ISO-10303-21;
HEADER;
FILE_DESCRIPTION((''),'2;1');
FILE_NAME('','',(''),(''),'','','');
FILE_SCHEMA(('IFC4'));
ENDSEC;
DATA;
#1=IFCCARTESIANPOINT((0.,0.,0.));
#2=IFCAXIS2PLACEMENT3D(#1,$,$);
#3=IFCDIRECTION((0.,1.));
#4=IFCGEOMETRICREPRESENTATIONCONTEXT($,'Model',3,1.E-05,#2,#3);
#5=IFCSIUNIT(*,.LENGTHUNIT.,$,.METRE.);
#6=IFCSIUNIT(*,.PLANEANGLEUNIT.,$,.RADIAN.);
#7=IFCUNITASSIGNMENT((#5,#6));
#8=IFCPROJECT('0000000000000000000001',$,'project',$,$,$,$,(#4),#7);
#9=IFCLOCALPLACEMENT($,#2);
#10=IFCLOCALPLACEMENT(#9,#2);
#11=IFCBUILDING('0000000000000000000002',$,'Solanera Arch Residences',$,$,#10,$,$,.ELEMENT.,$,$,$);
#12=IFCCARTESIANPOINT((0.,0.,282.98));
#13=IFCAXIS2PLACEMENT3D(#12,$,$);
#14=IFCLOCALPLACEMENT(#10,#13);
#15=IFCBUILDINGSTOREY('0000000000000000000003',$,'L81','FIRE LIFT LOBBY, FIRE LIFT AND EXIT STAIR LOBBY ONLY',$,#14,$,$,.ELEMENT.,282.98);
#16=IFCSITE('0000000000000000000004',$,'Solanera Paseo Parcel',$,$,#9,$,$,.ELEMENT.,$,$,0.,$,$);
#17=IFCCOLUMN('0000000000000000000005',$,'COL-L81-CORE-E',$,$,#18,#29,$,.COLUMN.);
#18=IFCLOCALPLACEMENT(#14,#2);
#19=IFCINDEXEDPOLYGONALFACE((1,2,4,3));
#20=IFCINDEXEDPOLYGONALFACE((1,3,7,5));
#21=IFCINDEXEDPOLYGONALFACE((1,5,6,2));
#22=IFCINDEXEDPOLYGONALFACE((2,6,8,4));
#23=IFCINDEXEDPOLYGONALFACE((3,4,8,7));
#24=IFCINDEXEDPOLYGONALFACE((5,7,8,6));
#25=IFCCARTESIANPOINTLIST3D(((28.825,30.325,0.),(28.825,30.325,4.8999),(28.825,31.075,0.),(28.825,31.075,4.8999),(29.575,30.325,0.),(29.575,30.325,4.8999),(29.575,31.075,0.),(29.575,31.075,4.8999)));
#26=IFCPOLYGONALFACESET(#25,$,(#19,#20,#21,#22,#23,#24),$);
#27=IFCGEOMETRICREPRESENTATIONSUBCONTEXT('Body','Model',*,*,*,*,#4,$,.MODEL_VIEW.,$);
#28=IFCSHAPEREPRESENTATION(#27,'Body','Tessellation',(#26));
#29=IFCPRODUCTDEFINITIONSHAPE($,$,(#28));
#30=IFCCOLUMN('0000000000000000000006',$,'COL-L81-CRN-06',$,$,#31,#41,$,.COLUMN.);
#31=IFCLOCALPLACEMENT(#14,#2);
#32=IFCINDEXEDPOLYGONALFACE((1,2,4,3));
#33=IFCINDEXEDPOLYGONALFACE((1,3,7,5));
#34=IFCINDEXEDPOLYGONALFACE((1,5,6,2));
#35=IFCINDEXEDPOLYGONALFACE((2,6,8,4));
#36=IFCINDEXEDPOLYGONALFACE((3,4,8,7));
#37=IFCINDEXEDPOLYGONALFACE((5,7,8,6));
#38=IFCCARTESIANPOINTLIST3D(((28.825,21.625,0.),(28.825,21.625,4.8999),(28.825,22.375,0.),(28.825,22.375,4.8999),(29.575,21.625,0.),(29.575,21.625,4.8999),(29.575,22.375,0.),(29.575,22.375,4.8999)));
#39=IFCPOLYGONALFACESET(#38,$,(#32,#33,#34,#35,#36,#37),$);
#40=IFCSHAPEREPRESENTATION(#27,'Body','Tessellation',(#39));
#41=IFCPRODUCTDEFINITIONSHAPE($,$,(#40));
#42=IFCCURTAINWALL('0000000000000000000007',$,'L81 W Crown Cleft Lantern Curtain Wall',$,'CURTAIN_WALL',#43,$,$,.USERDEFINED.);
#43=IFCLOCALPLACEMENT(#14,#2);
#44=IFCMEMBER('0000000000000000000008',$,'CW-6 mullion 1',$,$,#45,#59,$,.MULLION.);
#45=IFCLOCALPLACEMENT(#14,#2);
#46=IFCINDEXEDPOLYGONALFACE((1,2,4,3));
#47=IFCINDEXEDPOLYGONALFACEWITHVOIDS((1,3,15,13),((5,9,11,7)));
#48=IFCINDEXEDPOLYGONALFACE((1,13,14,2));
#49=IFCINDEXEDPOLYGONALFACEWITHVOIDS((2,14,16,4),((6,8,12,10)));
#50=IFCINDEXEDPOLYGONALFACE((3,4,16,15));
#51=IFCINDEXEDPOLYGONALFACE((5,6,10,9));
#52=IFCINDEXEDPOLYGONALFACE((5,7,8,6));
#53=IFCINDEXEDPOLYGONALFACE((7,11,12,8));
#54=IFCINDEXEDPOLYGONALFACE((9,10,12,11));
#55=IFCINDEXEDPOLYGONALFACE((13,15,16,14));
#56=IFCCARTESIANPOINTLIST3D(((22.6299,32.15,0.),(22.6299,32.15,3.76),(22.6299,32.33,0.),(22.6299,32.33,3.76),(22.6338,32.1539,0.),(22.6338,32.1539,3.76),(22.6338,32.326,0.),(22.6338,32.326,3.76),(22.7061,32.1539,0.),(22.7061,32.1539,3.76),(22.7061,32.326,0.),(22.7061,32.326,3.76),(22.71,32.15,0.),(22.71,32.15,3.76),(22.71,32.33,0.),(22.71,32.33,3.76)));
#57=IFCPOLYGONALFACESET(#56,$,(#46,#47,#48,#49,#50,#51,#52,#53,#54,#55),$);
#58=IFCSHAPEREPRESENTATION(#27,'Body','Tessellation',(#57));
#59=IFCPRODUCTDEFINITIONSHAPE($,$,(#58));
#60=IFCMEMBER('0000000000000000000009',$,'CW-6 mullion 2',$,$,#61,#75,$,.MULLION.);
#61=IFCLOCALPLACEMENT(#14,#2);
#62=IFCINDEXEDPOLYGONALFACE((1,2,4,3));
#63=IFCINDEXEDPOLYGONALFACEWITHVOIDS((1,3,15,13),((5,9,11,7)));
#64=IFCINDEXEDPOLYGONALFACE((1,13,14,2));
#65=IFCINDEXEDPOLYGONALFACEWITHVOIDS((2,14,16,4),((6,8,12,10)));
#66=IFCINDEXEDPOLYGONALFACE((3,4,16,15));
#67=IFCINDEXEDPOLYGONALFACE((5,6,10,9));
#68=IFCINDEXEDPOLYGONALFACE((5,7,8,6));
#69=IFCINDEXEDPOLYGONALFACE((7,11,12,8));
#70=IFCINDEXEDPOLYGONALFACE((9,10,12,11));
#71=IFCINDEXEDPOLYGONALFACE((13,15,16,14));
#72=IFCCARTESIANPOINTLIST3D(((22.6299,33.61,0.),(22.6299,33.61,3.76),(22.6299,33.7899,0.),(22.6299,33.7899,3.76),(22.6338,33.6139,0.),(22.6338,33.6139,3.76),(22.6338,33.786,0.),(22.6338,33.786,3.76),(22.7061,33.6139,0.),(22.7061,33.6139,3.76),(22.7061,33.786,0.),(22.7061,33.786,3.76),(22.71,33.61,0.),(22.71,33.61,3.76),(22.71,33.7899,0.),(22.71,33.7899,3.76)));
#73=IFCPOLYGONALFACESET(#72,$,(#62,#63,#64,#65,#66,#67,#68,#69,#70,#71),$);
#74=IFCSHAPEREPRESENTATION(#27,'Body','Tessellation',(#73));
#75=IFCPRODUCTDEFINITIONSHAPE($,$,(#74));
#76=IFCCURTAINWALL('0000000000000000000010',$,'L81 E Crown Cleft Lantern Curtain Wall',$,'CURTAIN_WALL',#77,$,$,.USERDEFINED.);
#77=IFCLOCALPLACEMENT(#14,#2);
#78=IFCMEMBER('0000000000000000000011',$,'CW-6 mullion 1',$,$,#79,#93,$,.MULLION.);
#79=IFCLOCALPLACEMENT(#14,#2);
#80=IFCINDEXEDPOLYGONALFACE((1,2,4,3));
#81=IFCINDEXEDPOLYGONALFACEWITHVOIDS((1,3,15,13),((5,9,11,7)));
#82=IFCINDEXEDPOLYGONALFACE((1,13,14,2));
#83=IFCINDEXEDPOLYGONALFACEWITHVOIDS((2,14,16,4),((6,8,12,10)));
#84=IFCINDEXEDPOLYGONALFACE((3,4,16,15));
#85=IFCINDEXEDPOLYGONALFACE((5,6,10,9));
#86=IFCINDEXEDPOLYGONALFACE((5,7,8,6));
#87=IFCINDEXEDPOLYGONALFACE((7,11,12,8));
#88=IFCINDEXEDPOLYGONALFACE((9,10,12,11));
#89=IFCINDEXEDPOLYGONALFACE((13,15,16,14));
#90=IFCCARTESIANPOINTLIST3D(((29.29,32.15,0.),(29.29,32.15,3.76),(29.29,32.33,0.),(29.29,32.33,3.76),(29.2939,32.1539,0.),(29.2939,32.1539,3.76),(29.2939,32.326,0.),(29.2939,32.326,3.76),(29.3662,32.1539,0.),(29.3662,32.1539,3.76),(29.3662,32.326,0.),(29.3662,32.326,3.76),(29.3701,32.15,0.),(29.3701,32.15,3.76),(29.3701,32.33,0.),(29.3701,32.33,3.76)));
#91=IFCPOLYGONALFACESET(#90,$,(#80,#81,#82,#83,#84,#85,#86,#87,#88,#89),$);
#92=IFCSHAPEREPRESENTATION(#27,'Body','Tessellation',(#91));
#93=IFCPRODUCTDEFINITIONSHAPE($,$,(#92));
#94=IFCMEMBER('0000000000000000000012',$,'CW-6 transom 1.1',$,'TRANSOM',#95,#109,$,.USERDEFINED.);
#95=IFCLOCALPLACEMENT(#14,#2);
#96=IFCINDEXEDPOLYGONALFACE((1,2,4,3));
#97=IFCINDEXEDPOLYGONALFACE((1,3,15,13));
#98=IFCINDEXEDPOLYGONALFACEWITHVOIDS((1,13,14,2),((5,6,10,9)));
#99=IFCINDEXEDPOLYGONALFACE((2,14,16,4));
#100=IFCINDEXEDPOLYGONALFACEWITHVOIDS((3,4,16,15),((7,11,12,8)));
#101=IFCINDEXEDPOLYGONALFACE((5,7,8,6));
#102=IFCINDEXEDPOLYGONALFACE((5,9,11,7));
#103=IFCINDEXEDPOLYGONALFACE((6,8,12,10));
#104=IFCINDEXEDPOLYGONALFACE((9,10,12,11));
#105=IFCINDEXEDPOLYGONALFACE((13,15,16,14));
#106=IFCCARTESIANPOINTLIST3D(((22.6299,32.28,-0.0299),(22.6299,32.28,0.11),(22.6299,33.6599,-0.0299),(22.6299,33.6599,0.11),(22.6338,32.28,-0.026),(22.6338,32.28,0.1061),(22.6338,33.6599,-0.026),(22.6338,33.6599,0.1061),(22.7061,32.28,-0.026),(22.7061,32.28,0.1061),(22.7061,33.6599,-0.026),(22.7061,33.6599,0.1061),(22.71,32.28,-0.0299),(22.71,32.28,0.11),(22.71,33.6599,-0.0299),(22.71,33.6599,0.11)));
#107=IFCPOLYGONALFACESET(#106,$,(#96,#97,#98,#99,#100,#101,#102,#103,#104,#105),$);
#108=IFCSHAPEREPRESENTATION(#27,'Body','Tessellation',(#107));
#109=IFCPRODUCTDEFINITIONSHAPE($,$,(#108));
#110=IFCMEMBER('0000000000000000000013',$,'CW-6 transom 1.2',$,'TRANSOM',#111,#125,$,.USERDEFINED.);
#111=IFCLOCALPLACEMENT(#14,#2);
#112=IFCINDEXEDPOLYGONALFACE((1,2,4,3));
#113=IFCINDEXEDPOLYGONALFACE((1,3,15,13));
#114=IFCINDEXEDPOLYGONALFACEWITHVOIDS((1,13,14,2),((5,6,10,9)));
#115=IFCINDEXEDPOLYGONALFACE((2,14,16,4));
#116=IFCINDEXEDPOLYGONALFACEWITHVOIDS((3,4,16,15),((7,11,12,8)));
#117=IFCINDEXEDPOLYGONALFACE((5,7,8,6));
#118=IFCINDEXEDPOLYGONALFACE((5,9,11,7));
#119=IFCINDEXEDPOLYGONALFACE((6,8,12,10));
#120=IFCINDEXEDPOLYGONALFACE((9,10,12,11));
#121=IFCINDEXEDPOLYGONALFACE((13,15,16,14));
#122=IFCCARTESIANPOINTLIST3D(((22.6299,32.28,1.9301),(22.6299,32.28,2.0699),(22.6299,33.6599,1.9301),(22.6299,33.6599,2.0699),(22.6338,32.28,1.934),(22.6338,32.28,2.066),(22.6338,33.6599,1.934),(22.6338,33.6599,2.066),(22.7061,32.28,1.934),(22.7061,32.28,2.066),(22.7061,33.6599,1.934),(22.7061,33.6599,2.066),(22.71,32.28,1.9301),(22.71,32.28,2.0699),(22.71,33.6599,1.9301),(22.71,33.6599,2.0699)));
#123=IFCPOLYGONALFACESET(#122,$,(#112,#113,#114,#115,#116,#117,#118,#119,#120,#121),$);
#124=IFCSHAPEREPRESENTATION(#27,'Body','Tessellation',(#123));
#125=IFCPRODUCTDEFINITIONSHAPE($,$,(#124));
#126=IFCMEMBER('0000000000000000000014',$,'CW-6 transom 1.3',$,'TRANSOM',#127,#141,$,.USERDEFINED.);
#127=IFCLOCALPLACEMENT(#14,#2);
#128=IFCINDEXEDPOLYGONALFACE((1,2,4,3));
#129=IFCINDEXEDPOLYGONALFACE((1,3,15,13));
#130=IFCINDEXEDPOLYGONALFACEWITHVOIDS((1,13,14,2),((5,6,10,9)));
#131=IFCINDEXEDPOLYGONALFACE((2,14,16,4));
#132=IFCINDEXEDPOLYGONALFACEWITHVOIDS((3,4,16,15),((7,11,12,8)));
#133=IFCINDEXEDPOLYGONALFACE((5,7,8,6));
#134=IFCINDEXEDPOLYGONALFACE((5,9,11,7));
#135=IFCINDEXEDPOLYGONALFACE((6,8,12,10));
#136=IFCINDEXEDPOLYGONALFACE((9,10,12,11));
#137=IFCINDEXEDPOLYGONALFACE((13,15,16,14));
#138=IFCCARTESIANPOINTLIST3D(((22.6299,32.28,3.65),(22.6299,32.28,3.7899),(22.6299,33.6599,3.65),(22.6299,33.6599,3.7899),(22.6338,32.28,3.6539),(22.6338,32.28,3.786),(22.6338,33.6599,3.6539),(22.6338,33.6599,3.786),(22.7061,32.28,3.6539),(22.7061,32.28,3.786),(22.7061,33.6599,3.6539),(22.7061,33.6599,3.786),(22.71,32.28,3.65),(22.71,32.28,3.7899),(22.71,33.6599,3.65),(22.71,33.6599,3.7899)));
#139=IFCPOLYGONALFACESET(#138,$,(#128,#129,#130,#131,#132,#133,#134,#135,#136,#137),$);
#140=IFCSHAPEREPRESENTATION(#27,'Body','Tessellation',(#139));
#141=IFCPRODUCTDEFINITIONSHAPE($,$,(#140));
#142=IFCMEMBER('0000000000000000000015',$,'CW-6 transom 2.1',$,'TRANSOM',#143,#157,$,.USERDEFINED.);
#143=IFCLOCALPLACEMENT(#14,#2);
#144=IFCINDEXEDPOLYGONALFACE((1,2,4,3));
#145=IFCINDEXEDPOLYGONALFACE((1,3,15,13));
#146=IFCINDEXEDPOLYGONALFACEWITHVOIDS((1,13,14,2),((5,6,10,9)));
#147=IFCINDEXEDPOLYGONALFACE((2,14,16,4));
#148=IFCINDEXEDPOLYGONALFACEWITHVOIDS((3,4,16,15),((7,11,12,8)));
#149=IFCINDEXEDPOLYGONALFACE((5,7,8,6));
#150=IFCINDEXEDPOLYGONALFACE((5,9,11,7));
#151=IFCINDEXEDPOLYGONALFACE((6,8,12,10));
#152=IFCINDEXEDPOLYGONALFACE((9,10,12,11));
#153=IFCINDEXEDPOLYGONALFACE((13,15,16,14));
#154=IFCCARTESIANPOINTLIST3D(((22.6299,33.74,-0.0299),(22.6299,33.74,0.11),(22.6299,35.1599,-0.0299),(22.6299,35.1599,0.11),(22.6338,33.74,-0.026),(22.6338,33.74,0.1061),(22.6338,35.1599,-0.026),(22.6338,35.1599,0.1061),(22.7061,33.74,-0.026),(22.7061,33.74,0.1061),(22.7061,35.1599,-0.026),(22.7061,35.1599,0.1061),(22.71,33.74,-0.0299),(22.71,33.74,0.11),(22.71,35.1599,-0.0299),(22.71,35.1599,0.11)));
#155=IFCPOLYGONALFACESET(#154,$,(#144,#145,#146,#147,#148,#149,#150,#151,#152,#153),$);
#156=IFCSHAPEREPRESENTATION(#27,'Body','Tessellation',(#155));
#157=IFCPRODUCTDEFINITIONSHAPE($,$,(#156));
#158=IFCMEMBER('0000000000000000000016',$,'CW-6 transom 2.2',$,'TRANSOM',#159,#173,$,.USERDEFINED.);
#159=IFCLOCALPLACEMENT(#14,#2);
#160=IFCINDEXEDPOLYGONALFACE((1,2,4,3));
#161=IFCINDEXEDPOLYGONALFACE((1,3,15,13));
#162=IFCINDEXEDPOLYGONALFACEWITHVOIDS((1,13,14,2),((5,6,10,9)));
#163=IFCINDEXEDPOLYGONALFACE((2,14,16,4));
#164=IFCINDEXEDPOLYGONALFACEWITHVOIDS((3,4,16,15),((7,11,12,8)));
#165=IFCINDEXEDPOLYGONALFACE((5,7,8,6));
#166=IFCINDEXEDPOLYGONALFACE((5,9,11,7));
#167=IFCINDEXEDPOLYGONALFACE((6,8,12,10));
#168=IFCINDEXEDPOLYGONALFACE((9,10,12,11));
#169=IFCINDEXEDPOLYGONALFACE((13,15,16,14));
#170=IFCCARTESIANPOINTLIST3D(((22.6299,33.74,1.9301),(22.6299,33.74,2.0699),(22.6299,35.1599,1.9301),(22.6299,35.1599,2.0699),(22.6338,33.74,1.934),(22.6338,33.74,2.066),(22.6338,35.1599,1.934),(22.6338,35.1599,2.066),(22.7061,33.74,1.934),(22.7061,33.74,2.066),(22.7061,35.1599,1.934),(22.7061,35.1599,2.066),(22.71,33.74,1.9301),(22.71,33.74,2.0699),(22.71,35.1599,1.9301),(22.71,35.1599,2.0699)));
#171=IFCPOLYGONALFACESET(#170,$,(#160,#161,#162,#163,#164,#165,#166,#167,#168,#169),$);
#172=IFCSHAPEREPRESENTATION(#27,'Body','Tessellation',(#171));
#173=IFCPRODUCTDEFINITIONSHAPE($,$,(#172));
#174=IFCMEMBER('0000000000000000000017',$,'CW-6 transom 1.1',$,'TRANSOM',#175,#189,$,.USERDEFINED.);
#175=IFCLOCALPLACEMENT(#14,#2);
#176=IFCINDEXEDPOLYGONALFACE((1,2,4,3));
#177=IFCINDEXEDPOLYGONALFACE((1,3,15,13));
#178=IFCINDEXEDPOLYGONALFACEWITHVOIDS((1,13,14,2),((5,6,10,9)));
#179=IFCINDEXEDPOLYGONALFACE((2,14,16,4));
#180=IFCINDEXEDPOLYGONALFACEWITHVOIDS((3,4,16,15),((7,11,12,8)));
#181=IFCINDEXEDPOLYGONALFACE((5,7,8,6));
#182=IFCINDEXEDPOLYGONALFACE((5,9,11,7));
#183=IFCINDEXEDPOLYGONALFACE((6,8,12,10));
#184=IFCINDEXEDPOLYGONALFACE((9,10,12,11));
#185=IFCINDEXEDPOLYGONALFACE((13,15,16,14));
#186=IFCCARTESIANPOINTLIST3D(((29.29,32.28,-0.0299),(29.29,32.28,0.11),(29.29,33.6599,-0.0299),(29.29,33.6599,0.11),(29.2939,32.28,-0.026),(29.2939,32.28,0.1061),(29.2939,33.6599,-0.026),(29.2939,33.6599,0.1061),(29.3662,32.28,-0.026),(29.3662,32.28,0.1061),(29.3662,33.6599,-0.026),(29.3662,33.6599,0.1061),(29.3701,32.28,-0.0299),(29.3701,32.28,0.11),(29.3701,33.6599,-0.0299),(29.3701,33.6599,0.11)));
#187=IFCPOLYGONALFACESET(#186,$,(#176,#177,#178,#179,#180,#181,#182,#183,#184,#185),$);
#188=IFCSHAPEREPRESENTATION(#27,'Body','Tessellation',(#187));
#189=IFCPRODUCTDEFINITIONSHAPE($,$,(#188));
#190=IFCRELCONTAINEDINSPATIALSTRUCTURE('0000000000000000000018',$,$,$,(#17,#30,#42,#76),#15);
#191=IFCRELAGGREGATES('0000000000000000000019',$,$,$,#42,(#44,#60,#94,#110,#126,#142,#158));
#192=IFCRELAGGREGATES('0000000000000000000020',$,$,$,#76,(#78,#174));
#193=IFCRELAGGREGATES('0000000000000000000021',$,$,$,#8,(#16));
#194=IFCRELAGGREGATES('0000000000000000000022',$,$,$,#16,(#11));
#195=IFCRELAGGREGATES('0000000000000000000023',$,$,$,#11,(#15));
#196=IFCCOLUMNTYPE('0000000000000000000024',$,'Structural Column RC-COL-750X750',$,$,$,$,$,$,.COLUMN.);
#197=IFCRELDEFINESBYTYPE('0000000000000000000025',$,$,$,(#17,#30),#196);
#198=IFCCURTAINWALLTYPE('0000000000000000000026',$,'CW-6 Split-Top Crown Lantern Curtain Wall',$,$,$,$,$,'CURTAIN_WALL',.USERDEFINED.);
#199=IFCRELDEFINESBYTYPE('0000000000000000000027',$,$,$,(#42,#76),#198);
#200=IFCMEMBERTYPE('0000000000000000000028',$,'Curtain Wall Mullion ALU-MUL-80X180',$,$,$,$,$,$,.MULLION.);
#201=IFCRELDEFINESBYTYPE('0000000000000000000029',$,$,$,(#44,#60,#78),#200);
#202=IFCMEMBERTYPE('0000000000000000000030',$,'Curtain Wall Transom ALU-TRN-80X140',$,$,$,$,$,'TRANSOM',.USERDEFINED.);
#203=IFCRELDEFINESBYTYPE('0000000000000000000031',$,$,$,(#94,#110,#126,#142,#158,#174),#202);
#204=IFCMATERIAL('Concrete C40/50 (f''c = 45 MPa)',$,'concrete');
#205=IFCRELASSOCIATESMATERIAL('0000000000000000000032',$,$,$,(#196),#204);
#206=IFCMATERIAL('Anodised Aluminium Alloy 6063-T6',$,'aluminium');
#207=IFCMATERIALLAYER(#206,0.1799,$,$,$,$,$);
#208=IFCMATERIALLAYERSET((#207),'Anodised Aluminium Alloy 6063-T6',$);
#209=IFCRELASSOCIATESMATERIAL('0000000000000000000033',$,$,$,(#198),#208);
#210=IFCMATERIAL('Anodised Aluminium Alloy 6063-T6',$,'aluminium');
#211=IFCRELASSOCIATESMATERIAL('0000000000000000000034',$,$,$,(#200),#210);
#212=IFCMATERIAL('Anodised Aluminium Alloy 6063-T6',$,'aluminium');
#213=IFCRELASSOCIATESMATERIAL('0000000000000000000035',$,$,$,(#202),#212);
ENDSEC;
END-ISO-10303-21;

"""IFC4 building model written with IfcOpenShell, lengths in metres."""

from ifc_helpers import new_model, si_unit, direction, frame, origin, origin_2d, place, context, subcontext, project, spatial, rectangle, hollow_rectangle, extrude, material, layer, layer_set, material_profile, profile_set, type_object, element, aggregate, save


model = new_model("IFC4")

# Units and contexts
model_context = context("Model", 3, precision=1e-05, world=origin(), true_north=direction((0.0, 1.0)))
body_context = subcontext(model_context, "Body", "Model", "MODEL_VIEW")
ifc_project = project(units=[si_unit("LENGTHUNIT", "METRE"), si_unit("PLANEANGLEUNIT", "RADIAN")], contexts=[model_context])

# Site, building, storey
site_placement = place(None, origin())
site = spatial("IfcSite", under=ifc_project, at=site_placement, Name="Solanera Paseo Parcel", CompositionType="ELEMENT", RefElevation=0.0)
building_placement = place(site_placement, origin())
building = spatial("IfcBuilding", under=site, at=building_placement, Name="Solanera Arch Residences", CompositionType="ELEMENT")
storey_placement = place(building_placement, frame((0.0, 0.0, 282.98)))
storey = spatial("IfcBuildingStorey", under=building, at=storey_placement, Name="L81", Description="FIRE LIFT LOBBY, FIRE LIFT AND EXIT STAIR LOBBY ONLY", CompositionType="ELEMENT", Elevation=282.98)

# Columns
ifc_material_1 = material(Name="Concrete C40/50 (f'c = 45 MPa)", Category="concrete")
ifc_material_profile_1 = material_profile(ifc_material_1, rectangle(XDim=0.75, YDim=0.75, at=origin_2d()))
ifc_profile_set_1 = profile_set([ifc_material_profile_1], Name="Concrete C40/50 (f'c = 45 MPa)")
column_type = type_object("IfcColumnType", Name="Structural Column RC-COL-750X750", PredefinedType="COLUMN", material=ifc_profile_set_1)
for number, where, z_axis, x_axis, name in (
    (1, (29.2, 30.7, 0.0), (0.0, 0.0, 1.0), (1.0, 0.0, 0.0), "COL-L81-CORE-E"),
    (2, (29.2, 22.0, 0.0), (0.0, 0.0, 1.0), (1.0, 0.0, 0.0), "COL-L81-CRN-06"),
):
    element("IfcColumn", number, at=place(storey_placement, frame(where, z_axis=z_axis, x_axis=x_axis)), inside=storey, type_object=column_type, Name=name, PredefinedType="COLUMN", context=body_context, shape_type="SweptSolid", body=[
        extrude(rectangle(XDim=0.75, YDim=0.75, at=origin_2d()), origin(), (0.0, 0.0, 1.0), 4.8999),
    ])

# Curtain wall, members
ifc_material_2 = material(Name="Anodised Aluminium Alloy 6063-T6", Category="aluminium")
ifc_layer_1 = layer(ifc_material_2, 0.1799)
ifc_layer_set_1 = layer_set([ifc_layer_1], Name="Anodised Aluminium Alloy 6063-T6")
curtain_wall_type = type_object("IfcCurtainWallType", Name="CW-6 Split-Top Crown Lantern Curtain Wall", ElementType="CURTAIN_WALL", PredefinedType="USERDEFINED", material=ifc_layer_set_1)
curtain_wall_1_placement = place(storey_placement, origin())
curtain_wall_1 = element("IfcCurtainWall", 3, at=curtain_wall_1_placement, inside=storey, type_object=curtain_wall_type, Name="L81 W Crown Cleft Lantern Curtain Wall", ObjectType="CURTAIN_WALL", PredefinedType="USERDEFINED")
ifc_material_3 = material(Name="Anodised Aluminium Alloy 6063-T6", Category="aluminium")
ifc_material_profile_2 = material_profile(ifc_material_3, hollow_rectangle(XDim=0.0801, YDim=0.1799, WallThickness=0.0039, at=origin_2d()))
ifc_profile_set_2 = profile_set([ifc_material_profile_2], Name="Anodised Aluminium Alloy 6063-T6")
member_type_1 = type_object("IfcMemberType", Name="Curtain Wall Mullion ALU-MUL-80X180", PredefinedType="MULLION", material=ifc_profile_set_2)
member_1_placement = place(storey_placement, frame((22.6699, 32.24, 0.0), z_axis=(0.0, 0.0, 1.0), x_axis=(-1.0, 0.0, 0.0)))
member_1 = element("IfcMember", 4, at=member_1_placement, type_object=member_type_1, Name="CW-6 mullion 1", PredefinedType="MULLION", context=body_context, shape_type="SweptSolid", body=[
    extrude(hollow_rectangle(XDim=0.0801, YDim=0.1799, WallThickness=0.0039, at=origin_2d()), origin(), (0.0, 0.0, 1.0), 3.76),
])
member_2_placement = place(storey_placement, frame((22.6699, 33.7, 0.0), z_axis=(0.0, 0.0, 1.0), x_axis=(-1.0, 0.0, 0.0)))
member_2 = element("IfcMember", 5, at=member_2_placement, type_object=member_type_1, Name="CW-6 mullion 2", PredefinedType="MULLION", context=body_context, shape_type="SweptSolid", body=[
    extrude(hollow_rectangle(XDim=0.0801, YDim=0.1799, WallThickness=0.0039, at=origin_2d()), origin(), (0.0, 0.0, 1.0), 3.76),
])

# Curtain wall, member
curtain_wall_2_placement = place(storey_placement, origin())
curtain_wall_2 = element("IfcCurtainWall", 6, at=curtain_wall_2_placement, inside=storey, type_object=curtain_wall_type, Name="L81 E Crown Cleft Lantern Curtain Wall", ObjectType="CURTAIN_WALL", PredefinedType="USERDEFINED")
member_3_placement = place(storey_placement, frame((29.3301, 32.24, 0.0), z_axis=(0.0, 0.0, 1.0), x_axis=(-1.0, 0.0, 0.0)))
member_3 = element("IfcMember", 7, at=member_3_placement, type_object=member_type_1, Name="CW-6 mullion 1", PredefinedType="MULLION", context=body_context, shape_type="SweptSolid", body=[
    extrude(hollow_rectangle(XDim=0.0801, YDim=0.1799, WallThickness=0.0039, at=origin_2d()), origin(), (0.0, 0.0, 1.0), 3.76),
])

# Members
ifc_material_4 = material(Name="Anodised Aluminium Alloy 6063-T6", Category="aluminium")
ifc_material_profile_3 = material_profile(ifc_material_4, hollow_rectangle(XDim=0.0801, YDim=0.1399, WallThickness=0.0039, at=origin_2d()))
ifc_profile_set_3 = profile_set([ifc_material_profile_3], Name="Anodised Aluminium Alloy 6063-T6")
member_type_2 = type_object("IfcMemberType", Name="Curtain Wall Transom ALU-TRN-80X140", ElementType="TRANSOM", PredefinedType="USERDEFINED", material=ifc_profile_set_3)
member_4_placement = place(storey_placement, frame((22.6699, 32.28, 0.04), z_axis=(0.0, 1.0, 0.0), x_axis=(-1.0, 0.0, 0.0)))
member_4 = element("IfcMember", 8, at=member_4_placement, type_object=member_type_2, Name="CW-6 transom 1.1", ObjectType="TRANSOM", PredefinedType="USERDEFINED", context=body_context, shape_type="SweptSolid", body=[
    extrude(hollow_rectangle(XDim=0.0801, YDim=0.1399, WallThickness=0.0039, at=origin_2d()), origin(), (0.0, 0.0, 1.0), 1.3799),
])
member_5_placement = place(storey_placement, frame((22.6699, 32.28, 2.0), z_axis=(0.0, 1.0, 0.0), x_axis=(-1.0, 0.0, 0.0)))
member_5 = element("IfcMember", 9, at=member_5_placement, type_object=member_type_2, Name="CW-6 transom 1.2", ObjectType="TRANSOM", PredefinedType="USERDEFINED", context=body_context, shape_type="SweptSolid", body=[
    extrude(hollow_rectangle(XDim=0.0801, YDim=0.1399, WallThickness=0.0039, at=origin_2d()), origin(), (0.0, 0.0, 1.0), 1.3799),
])
member_6_placement = place(storey_placement, frame((22.6699, 32.28, 3.72), z_axis=(0.0, 1.0, 0.0), x_axis=(-1.0, 0.0, 0.0)))
member_6 = element("IfcMember", 10, at=member_6_placement, type_object=member_type_2, Name="CW-6 transom 1.3", ObjectType="TRANSOM", PredefinedType="USERDEFINED", context=body_context, shape_type="SweptSolid", body=[
    extrude(hollow_rectangle(XDim=0.0801, YDim=0.1399, WallThickness=0.0039, at=origin_2d()), origin(), (0.0, 0.0, 1.0), 1.3799),
])
member_7_placement = place(storey_placement, frame((22.6699, 33.74, 0.04), z_axis=(0.0, 1.0, 0.0), x_axis=(-1.0, 0.0, 0.0)))
member_7 = element("IfcMember", 11, at=member_7_placement, type_object=member_type_2, Name="CW-6 transom 2.1", ObjectType="TRANSOM", PredefinedType="USERDEFINED", context=body_context, shape_type="SweptSolid", body=[
    extrude(hollow_rectangle(XDim=0.0801, YDim=0.1399, WallThickness=0.0039, at=origin_2d()), origin(), (0.0, 0.0, 1.0), 1.4199),
])
member_8_placement = place(storey_placement, frame((22.6699, 33.74, 2.0), z_axis=(0.0, 1.0, 0.0), x_axis=(-1.0, 0.0, 0.0)))
member_8 = element("IfcMember", 12, at=member_8_placement, type_object=member_type_2, Name="CW-6 transom 2.2", ObjectType="TRANSOM", PredefinedType="USERDEFINED", context=body_context, shape_type="SweptSolid", body=[
    extrude(hollow_rectangle(XDim=0.0801, YDim=0.1399, WallThickness=0.0039, at=origin_2d()), origin(), (0.0, 0.0, 1.0), 1.4199),
])
member_9_placement = place(storey_placement, frame((29.3301, 32.28, 0.04), z_axis=(0.0, 1.0, 0.0), x_axis=(-1.0, 0.0, 0.0)))
member_9 = element("IfcMember", 13, at=member_9_placement, type_object=member_type_2, Name="CW-6 transom 1.1", ObjectType="TRANSOM", PredefinedType="USERDEFINED", context=body_context, shape_type="SweptSolid", body=[
    extrude(hollow_rectangle(XDim=0.0801, YDim=0.1399, WallThickness=0.0039, at=origin_2d()), origin(), (0.0, 0.0, 1.0), 1.3799),
])

aggregate(curtain_wall_1, [member_1, member_2, member_4, member_5, member_6, member_7, member_8])
aggregate(curtain_wall_2, [member_3, member_9])

save(model, "model.ifc")
